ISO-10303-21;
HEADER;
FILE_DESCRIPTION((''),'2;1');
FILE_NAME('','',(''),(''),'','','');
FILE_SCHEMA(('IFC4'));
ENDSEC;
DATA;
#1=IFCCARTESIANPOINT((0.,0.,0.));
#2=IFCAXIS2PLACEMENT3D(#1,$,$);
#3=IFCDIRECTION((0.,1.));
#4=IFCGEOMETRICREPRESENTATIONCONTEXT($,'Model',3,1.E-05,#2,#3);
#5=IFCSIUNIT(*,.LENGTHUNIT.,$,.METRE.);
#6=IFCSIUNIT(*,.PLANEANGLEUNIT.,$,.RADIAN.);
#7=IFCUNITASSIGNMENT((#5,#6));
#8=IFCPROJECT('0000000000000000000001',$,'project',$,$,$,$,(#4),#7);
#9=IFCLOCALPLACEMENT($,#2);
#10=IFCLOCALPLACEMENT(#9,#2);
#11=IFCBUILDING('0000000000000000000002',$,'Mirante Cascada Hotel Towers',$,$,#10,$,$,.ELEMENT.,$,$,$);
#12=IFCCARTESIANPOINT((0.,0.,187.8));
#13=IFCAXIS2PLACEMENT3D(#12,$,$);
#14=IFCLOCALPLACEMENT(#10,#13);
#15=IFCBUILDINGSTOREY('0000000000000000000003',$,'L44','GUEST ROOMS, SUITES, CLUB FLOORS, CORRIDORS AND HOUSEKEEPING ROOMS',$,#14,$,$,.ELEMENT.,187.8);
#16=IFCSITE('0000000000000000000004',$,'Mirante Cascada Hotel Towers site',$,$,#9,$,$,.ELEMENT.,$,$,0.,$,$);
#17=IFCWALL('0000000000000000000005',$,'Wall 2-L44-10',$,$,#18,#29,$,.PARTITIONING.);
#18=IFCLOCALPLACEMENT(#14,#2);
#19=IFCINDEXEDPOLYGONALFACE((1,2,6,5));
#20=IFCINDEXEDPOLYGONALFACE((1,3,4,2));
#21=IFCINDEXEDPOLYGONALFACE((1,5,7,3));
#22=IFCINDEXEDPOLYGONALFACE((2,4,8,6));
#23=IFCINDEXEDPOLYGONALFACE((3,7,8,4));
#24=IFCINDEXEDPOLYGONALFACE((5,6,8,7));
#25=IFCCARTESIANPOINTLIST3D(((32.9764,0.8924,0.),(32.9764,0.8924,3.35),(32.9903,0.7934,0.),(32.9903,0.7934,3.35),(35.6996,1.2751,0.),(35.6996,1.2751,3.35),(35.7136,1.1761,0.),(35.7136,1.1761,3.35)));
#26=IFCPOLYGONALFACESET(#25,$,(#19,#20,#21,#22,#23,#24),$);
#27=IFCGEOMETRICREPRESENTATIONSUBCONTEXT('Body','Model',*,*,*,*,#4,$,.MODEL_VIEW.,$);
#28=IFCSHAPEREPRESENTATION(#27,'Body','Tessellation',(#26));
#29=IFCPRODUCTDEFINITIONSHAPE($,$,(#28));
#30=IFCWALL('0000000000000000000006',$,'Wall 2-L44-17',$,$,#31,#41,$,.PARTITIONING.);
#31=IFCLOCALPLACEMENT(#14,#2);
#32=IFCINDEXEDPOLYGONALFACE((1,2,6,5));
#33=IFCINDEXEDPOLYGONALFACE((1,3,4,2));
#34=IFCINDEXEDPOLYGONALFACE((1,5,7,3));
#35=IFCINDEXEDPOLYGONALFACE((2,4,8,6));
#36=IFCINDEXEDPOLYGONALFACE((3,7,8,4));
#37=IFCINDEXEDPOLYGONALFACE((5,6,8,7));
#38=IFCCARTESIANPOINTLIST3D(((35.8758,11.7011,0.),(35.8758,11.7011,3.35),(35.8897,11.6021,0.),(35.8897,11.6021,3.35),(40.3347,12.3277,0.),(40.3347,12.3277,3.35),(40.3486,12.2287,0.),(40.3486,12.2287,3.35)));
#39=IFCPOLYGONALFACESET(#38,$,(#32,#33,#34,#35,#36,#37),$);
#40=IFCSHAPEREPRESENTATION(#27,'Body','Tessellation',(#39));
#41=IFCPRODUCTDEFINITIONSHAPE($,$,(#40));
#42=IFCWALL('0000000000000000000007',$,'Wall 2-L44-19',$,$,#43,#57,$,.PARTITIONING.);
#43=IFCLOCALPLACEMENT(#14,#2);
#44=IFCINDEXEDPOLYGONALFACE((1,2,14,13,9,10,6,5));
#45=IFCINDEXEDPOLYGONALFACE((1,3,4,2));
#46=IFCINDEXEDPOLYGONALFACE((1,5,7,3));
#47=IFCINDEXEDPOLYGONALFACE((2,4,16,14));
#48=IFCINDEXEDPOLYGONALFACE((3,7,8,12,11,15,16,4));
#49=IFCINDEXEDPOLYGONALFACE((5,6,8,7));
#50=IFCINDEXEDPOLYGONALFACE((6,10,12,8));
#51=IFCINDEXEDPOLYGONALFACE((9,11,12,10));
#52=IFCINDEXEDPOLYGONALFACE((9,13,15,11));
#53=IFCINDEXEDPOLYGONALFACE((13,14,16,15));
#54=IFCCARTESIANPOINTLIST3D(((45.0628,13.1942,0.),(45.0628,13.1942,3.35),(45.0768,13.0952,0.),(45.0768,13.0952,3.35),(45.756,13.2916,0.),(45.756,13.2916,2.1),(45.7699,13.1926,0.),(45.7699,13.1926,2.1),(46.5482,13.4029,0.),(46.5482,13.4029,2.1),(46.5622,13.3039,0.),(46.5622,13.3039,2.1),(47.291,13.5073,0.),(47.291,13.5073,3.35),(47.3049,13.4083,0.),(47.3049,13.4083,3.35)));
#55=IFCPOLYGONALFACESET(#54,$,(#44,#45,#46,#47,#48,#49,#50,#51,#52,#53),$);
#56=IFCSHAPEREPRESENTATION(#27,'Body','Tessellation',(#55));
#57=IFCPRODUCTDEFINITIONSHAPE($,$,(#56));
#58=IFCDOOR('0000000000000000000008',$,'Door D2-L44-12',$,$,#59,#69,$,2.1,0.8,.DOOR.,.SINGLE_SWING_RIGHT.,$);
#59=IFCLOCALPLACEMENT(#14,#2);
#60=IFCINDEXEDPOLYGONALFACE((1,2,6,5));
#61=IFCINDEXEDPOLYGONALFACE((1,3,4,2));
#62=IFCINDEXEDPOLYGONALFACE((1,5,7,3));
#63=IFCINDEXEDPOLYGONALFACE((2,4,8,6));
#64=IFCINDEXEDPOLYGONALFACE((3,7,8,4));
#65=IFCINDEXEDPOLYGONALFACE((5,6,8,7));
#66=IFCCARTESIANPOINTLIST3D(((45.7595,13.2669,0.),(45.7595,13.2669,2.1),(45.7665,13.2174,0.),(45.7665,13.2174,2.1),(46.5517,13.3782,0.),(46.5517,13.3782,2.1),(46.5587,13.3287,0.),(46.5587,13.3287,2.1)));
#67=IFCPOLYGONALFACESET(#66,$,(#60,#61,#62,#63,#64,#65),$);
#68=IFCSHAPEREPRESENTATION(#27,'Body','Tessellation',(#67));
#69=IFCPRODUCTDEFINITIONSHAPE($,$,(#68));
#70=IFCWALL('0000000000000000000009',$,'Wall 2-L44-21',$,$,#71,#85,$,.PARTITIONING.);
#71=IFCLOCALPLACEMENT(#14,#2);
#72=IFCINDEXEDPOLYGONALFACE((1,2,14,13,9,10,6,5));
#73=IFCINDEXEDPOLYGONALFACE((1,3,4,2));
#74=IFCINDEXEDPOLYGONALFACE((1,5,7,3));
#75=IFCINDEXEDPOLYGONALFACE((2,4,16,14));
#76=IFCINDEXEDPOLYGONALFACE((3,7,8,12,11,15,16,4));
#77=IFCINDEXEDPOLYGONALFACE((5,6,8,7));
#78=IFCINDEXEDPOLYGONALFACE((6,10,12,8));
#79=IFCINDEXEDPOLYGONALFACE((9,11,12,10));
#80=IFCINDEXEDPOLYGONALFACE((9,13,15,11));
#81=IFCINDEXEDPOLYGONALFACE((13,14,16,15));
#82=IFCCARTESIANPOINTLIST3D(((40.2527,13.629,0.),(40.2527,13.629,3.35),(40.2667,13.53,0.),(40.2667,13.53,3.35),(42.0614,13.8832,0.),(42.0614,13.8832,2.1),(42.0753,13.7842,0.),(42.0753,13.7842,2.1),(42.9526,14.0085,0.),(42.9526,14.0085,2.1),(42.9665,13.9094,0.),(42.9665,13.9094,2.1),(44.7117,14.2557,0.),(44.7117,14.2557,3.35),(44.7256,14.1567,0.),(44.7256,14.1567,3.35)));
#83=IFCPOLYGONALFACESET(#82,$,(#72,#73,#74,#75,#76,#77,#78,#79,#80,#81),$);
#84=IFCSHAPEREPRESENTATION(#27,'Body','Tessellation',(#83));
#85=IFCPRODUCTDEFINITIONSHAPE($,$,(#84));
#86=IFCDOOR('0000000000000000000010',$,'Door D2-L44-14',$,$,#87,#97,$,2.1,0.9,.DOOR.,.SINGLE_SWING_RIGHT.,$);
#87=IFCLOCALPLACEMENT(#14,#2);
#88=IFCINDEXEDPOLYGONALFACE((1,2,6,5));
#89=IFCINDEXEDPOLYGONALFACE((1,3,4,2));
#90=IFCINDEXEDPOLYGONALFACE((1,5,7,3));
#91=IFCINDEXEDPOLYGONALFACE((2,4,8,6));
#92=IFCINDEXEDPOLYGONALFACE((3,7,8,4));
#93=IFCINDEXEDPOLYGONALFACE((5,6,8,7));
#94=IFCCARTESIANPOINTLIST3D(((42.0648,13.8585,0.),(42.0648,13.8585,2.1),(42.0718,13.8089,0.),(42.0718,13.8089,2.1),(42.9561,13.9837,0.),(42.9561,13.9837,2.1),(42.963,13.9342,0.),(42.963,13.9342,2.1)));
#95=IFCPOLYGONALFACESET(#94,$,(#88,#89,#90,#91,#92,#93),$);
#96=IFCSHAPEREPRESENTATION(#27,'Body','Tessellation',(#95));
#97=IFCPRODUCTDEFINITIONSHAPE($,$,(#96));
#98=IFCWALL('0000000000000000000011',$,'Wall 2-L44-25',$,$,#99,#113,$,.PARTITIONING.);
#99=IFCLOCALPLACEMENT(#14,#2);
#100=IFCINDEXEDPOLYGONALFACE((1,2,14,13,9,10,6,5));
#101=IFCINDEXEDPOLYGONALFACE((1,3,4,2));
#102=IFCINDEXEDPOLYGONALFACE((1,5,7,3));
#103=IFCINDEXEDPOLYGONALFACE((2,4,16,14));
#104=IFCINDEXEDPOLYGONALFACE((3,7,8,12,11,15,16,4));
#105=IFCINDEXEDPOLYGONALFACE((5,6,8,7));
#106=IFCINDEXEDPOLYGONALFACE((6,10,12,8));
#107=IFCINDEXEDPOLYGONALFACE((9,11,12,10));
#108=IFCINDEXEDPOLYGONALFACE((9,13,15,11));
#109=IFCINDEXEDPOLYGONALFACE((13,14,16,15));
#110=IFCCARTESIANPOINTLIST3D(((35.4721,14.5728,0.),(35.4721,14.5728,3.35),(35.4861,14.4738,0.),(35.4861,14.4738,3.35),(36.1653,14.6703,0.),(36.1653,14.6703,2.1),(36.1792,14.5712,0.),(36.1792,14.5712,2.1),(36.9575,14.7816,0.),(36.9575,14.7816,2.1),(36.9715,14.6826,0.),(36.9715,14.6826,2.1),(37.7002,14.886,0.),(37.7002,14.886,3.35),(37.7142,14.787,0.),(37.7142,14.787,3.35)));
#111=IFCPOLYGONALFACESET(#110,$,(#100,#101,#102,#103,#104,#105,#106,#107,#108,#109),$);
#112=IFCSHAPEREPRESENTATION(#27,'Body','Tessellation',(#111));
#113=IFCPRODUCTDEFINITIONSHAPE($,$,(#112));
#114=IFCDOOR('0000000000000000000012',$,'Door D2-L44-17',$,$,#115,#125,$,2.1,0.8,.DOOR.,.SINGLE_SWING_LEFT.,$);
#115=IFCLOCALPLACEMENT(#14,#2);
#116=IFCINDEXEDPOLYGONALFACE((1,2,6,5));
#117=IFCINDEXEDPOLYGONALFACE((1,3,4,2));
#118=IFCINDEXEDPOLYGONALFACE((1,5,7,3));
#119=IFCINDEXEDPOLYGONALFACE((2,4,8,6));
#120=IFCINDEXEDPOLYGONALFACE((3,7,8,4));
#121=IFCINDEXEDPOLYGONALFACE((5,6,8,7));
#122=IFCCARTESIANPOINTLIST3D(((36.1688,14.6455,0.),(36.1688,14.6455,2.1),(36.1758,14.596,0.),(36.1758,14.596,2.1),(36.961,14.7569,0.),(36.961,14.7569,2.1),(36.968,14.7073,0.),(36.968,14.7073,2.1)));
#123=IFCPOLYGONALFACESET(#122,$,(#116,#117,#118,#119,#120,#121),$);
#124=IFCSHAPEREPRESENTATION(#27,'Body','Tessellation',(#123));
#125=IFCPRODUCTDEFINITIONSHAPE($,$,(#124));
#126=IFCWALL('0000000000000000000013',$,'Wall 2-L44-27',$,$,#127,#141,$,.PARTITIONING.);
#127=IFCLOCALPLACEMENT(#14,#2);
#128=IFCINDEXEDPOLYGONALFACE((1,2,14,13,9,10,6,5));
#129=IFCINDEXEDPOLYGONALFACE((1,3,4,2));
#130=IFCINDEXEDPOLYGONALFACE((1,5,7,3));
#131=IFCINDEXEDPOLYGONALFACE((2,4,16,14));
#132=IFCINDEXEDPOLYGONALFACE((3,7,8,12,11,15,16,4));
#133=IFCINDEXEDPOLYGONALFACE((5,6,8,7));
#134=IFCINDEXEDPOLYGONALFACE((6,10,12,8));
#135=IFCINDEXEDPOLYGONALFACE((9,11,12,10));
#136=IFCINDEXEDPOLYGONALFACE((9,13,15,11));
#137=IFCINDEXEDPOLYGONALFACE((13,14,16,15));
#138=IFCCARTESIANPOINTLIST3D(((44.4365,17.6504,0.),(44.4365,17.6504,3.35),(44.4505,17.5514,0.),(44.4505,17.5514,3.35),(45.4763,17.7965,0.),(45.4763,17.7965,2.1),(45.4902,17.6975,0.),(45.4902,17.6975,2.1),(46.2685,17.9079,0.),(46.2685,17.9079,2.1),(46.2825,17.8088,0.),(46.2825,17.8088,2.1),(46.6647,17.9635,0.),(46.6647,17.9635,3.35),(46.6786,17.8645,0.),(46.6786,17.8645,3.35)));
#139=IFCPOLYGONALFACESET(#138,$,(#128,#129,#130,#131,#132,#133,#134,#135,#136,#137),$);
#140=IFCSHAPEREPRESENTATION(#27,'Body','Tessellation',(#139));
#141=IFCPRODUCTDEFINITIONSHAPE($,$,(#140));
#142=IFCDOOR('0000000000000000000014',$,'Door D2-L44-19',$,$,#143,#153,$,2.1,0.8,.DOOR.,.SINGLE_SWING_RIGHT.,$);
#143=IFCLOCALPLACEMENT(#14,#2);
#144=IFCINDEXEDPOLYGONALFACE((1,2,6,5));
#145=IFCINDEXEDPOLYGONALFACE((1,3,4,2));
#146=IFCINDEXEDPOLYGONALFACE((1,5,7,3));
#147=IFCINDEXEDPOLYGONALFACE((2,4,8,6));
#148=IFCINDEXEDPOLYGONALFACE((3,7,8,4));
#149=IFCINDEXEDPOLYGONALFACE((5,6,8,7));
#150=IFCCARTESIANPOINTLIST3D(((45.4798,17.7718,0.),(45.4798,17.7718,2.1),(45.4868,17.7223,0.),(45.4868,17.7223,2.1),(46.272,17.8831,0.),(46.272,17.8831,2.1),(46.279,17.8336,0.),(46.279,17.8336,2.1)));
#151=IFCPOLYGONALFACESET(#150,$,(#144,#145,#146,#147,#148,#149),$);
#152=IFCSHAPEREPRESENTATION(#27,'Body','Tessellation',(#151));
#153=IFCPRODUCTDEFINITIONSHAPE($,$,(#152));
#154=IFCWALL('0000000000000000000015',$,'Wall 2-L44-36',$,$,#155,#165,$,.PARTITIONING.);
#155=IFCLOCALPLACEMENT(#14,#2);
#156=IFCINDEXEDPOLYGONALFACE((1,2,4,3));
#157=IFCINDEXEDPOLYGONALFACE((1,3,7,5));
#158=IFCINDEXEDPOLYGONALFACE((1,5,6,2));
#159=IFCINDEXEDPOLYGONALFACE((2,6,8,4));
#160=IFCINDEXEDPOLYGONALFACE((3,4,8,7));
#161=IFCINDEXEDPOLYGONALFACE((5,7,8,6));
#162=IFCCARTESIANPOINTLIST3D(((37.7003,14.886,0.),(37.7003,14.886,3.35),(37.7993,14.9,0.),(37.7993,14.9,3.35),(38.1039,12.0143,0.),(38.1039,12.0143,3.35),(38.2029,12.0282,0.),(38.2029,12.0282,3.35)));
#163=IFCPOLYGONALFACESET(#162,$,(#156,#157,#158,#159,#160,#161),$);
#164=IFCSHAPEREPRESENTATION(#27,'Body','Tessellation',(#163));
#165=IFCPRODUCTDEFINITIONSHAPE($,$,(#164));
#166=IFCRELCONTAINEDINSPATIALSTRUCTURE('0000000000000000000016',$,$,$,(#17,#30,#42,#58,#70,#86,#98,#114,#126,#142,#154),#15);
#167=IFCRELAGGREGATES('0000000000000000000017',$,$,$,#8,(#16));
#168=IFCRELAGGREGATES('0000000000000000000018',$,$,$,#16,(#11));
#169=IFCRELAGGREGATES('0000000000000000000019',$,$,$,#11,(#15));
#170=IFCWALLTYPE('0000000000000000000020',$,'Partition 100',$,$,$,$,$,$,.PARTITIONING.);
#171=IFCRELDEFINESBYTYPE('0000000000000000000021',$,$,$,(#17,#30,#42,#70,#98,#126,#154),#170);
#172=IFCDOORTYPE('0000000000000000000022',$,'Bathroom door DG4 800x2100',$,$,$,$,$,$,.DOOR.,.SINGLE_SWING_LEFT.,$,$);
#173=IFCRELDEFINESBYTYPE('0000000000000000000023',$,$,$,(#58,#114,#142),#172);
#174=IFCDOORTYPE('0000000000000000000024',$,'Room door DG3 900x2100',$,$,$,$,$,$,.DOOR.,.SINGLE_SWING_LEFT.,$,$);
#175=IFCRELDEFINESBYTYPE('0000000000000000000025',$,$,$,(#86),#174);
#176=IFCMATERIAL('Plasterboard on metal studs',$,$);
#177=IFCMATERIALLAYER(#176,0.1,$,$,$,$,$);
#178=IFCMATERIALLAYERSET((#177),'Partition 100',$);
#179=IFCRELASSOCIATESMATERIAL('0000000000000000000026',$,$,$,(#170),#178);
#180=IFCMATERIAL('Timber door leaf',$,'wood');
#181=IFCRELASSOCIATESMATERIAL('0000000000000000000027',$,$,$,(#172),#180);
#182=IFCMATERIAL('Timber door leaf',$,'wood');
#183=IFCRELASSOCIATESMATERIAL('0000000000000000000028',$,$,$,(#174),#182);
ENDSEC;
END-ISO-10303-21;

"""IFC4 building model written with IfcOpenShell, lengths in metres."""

from ifc_helpers import new_model, si_unit, direction, frame, frame_2d, origin, place, context, subcontext, project, spatial, rectangle, extrude, material, layer, layer_set, type_object, element, fill, save


model = new_model("IFC4")

# Units and contexts
model_context = context("Model", 3, precision=1e-05, world=origin(), true_north=direction((0.0, 1.0)))
body_context = subcontext(model_context, "Body", "Model", "MODEL_VIEW")
ifc_project = project(units=[si_unit("LENGTHUNIT", "METRE"), si_unit("PLANEANGLEUNIT", "RADIAN")], contexts=[model_context])

# Site, building, storey
site_placement = place(None, origin())
site = spatial("IfcSite", under=ifc_project, at=site_placement, Name="Mirante Cascada Hotel Towers site", CompositionType="ELEMENT", RefElevation=0.0)
building_placement = place(site_placement, origin())
building = spatial("IfcBuilding", under=site, at=building_placement, Name="Mirante Cascada Hotel Towers", CompositionType="ELEMENT")
storey_placement = place(building_placement, frame((0.0, 0.0, 187.8)))
storey = spatial("IfcBuildingStorey", under=building, at=storey_placement, Name="L44", Description="GUEST ROOMS, SUITES, CLUB FLOORS, CORRIDORS AND HOUSEKEEPING ROOMS", CompositionType="ELEMENT", Elevation=187.8)

# Walls
ifc_material_1 = material(Name="Plasterboard on metal studs")
ifc_layer_1 = layer(ifc_material_1, 0.1)
ifc_layer_set_1 = layer_set([ifc_layer_1], Name="Partition 100")
wall_type_1 = type_object("IfcWallType", Name="Partition 100", PredefinedType="PARTITIONING", material=ifc_layer_set_1)
wall_1_placement = place(storey_placement, frame((35.7066, 1.2256, 0.0), z_axis=(0.0, 0.0, 1.0), x_axis=(-0.990269, -0.139166, 0.0)))
element("IfcWall", 1, at=wall_1_placement, inside=storey, type_object=wall_type_1, Name="Wall 2-L44-10", PredefinedType="PARTITIONING", context=body_context, shape_type="SweptSolid", body=[
    extrude(rectangle(XDim=2.75, YDim=0.1, at=frame_2d((1.375, 0.0))), origin(), (0.0, 0.0, 1.0), 3.35),
])
wall_2_placement = place(storey_placement, frame((35.8827, 11.6516, 0.0), z_axis=(0.0, 0.0, 1.0), x_axis=(0.99027, 0.139161, 0.0)))
element("IfcWall", 2, at=wall_2_placement, inside=storey, type_object=wall_type_1, Name="Wall 2-L44-17", PredefinedType="PARTITIONING", context=body_context, shape_type="SweptSolid", body=[
    extrude(rectangle(XDim=4.5027, YDim=0.1, at=frame_2d((2.2514, 0.0))), origin(), (0.0, 0.0, 1.0), 3.35),
])

# Walls, openings, doors
wall_3_placement = place(storey_placement, frame((45.0698, 13.1447, 0.0), z_axis=(0.0, 0.0, 1.0), x_axis=(0.990271, 0.139156, 0.0)))
wall_3 = element("IfcWall", 3, at=wall_3_placement, inside=storey, type_object=wall_type_1, Name="Wall 2-L44-19", PredefinedType="PARTITIONING", context=body_context, shape_type="SweptSolid", body=[
    extrude(rectangle(XDim=2.25, YDim=0.1, at=frame_2d((1.125, 0.0))), origin(), (0.0, 0.0, 1.0), 3.35),
])
opening_1_placement = place(wall_3_placement, frame((0.7, 0.0, 0.0)))
opening_1 = element("IfcOpeningElement", 4, at=opening_1_placement, cuts=wall_3, PredefinedType="OPENING", context=body_context, shape_type="SweptSolid", body=[
    extrude(rectangle(XDim=0.8, YDim=2.1, at=frame_2d((0.4, 1.05))), frame((0.0, 0.05, 0.0), z_axis=(0.0, -1.0, 0.0), x_axis=(1.0, 0.0, 0.0)), (0.0, 0.0, 1.0), 0.1),
])
ifc_material_2 = material(Name="Timber door leaf", Category="wood")
door_type_1 = type_object("IfcDoorType", Name="Bathroom door DG4 800x2100", OperationType="SINGLE_SWING_LEFT", PredefinedType="DOOR", material=ifc_material_2)
door_1_placement = place(opening_1_placement, frame((0.8, 0.0, 0.0), z_axis=(0.0, 0.0, 1.0), x_axis=(-1.0, 0.0, 0.0)))
door_1 = element("IfcDoor", 5, at=door_1_placement, inside=storey, type_object=door_type_1, Name="Door D2-L44-12", OperationType="SINGLE_SWING_RIGHT", OverallHeight=2.1, OverallWidth=0.8, PredefinedType="DOOR", context=body_context, shape_type="SweptSolid", body=[
    extrude(rectangle(XDim=0.8, YDim=2.1, at=frame_2d((0.4, 1.05))), frame((0.0, 0.025, 0.0), z_axis=(0.0, -1.0, 0.0), x_axis=(1.0, 0.0, 0.0)), (0.0, 0.0, 1.0), 0.05),
])
fill(opening_1, door_1)
wall_4_placement = place(storey_placement, frame((40.2597, 13.5795, 0.0), z_axis=(0.0, 0.0, 1.0), x_axis=(0.990267, 0.139179, 0.0)))
wall_4 = element("IfcWall", 6, at=wall_4_placement, inside=storey, type_object=wall_type_1, Name="Wall 2-L44-21", PredefinedType="PARTITIONING", context=body_context, shape_type="SweptSolid", body=[
    extrude(rectangle(XDim=4.5028, YDim=0.1, at=frame_2d((2.2514, 0.0))), origin(), (0.0, 0.0, 1.0), 3.35),
])
opening_2_placement = place(wall_4_placement, frame((1.8264, 0.0, 0.0)))
opening_2 = element("IfcOpeningElement", 7, at=opening_2_placement, cuts=wall_4, PredefinedType="OPENING", context=body_context, shape_type="SweptSolid", body=[
    extrude(rectangle(XDim=0.9, YDim=2.1, at=frame_2d((0.45, 1.05))), frame((0.0, 0.05, 0.0), z_axis=(0.0, -1.0, 0.0), x_axis=(1.0, 0.0, 0.0)), (0.0, 0.0, 1.0), 0.1),
])
ifc_material_3 = material(Name="Timber door leaf", Category="wood")
door_type_2 = type_object("IfcDoorType", Name="Room door DG3 900x2100", OperationType="SINGLE_SWING_LEFT", PredefinedType="DOOR", material=ifc_material_3)
door_2_placement = place(opening_2_placement, frame((0.9, 0.0, 0.0), z_axis=(0.0, 0.0, 1.0), x_axis=(-1.0, 0.0, 0.0)))
door_2 = element("IfcDoor", 8, at=door_2_placement, inside=storey, type_object=door_type_2, Name="Door D2-L44-14", OperationType="SINGLE_SWING_RIGHT", OverallHeight=2.1, OverallWidth=0.9, PredefinedType="DOOR", context=body_context, shape_type="SweptSolid", body=[
    extrude(rectangle(XDim=0.9, YDim=2.1, at=frame_2d((0.45, 1.05))), frame((0.0, 0.025, 0.0), z_axis=(0.0, -1.0, 0.0), x_axis=(1.0, 0.0, 0.0)), (0.0, 0.0, 1.0), 0.05),
])
fill(opening_2, door_2)
wall_5_placement = place(storey_placement, frame((35.4791, 14.5233, 0.0), z_axis=(0.0, 0.0, 1.0), x_axis=(0.990264, 0.1392, 0.0)))
wall_5 = element("IfcWall", 9, at=wall_5_placement, inside=storey, type_object=wall_type_1, Name="Wall 2-L44-25", PredefinedType="PARTITIONING", context=body_context, shape_type="SweptSolid", body=[
    extrude(rectangle(XDim=2.25, YDim=0.1, at=frame_2d((1.125, 0.0))), origin(), (0.0, 0.0, 1.0), 3.35),
])
opening_3_placement = place(wall_5_placement, frame((0.7, 0.0, 0.0)))
opening_3 = element("IfcOpeningElement", 10, at=opening_3_placement, cuts=wall_5, PredefinedType="OPENING", context=body_context, shape_type="SweptSolid", body=[
    extrude(rectangle(XDim=0.8, YDim=2.1, at=frame_2d((0.4, 1.05))), frame((0.0, 0.05, 0.0), z_axis=(0.0, -1.0, 0.0), x_axis=(1.0, 0.0, 0.0)), (0.0, 0.0, 1.0), 0.1),
])
door_3_placement = place(opening_3_placement, origin())
door_3 = element("IfcDoor", 11, at=door_3_placement, inside=storey, type_object=door_type_1, Name="Door D2-L44-17", OperationType="SINGLE_SWING_LEFT", OverallHeight=2.1, OverallWidth=0.8, PredefinedType="DOOR", context=body_context, shape_type="SweptSolid", body=[
    extrude(rectangle(XDim=0.8, YDim=2.1, at=frame_2d((0.4, 1.05))), frame((0.0, 0.025, 0.0), z_axis=(0.0, -1.0, 0.0), x_axis=(1.0, 0.0, 0.0)), (0.0, 0.0, 1.0), 0.05),
])
fill(opening_3, door_3)
wall_6_placement = place(storey_placement, frame((44.4435, 17.6009, 0.0), z_axis=(0.0, 0.0, 1.0), x_axis=(0.990271, 0.139156, 0.0)))
wall_6 = element("IfcWall", 12, at=wall_6_placement, inside=storey, type_object=wall_type_1, Name="Wall 2-L44-27", PredefinedType="PARTITIONING", context=body_context, shape_type="SweptSolid", body=[
    extrude(rectangle(XDim=2.25, YDim=0.1, at=frame_2d((1.125, 0.0))), origin(), (0.0, 0.0, 1.0), 3.35),
])
opening_4_placement = place(wall_6_placement, frame((1.05, 0.0, 0.0)))
opening_4 = element("IfcOpeningElement", 13, at=opening_4_placement, cuts=wall_6, PredefinedType="OPENING", context=body_context, shape_type="SweptSolid", body=[
    extrude(rectangle(XDim=0.8, YDim=2.1, at=frame_2d((0.4, 1.05))), frame((0.0, 0.05, 0.0), z_axis=(0.0, -1.0, 0.0), x_axis=(1.0, 0.0, 0.0)), (0.0, 0.0, 1.0), 0.1),
])
door_4_placement = place(opening_4_placement, frame((0.8, 0.0, 0.0), z_axis=(0.0, 0.0, 1.0), x_axis=(-1.0, 0.0, 0.0)))
door_4 = element("IfcDoor", 14, at=door_4_placement, inside=storey, type_object=door_type_1, Name="Door D2-L44-19", OperationType="SINGLE_SWING_RIGHT", OverallHeight=2.1, OverallWidth=0.8, PredefinedType="DOOR", context=body_context, shape_type="SweptSolid", body=[
    extrude(rectangle(XDim=0.8, YDim=2.1, at=frame_2d((0.4, 1.05))), frame((0.0, 0.025, 0.0), z_axis=(0.0, -1.0, 0.0), x_axis=(1.0, 0.0, 0.0)), (0.0, 0.0, 1.0), 0.05),
])
fill(opening_4, door_4)

# Wall
wall_7_placement = place(storey_placement, frame((37.7498, 14.893, 0.0), z_axis=(0.0, 0.0, 1.0), x_axis=(0.139171, -0.990268, 0.0)))
element("IfcWall", 15, at=wall_7_placement, inside=storey, type_object=wall_type_1, Name="Wall 2-L44-36", PredefinedType="PARTITIONING", context=body_context, shape_type="SweptSolid", body=[
    extrude(rectangle(XDim=2.9, YDim=0.1, at=frame_2d((1.45, 0.0))), origin(), (0.0, 0.0, 1.0), 3.35),
])

save(model, "model.ifc")
